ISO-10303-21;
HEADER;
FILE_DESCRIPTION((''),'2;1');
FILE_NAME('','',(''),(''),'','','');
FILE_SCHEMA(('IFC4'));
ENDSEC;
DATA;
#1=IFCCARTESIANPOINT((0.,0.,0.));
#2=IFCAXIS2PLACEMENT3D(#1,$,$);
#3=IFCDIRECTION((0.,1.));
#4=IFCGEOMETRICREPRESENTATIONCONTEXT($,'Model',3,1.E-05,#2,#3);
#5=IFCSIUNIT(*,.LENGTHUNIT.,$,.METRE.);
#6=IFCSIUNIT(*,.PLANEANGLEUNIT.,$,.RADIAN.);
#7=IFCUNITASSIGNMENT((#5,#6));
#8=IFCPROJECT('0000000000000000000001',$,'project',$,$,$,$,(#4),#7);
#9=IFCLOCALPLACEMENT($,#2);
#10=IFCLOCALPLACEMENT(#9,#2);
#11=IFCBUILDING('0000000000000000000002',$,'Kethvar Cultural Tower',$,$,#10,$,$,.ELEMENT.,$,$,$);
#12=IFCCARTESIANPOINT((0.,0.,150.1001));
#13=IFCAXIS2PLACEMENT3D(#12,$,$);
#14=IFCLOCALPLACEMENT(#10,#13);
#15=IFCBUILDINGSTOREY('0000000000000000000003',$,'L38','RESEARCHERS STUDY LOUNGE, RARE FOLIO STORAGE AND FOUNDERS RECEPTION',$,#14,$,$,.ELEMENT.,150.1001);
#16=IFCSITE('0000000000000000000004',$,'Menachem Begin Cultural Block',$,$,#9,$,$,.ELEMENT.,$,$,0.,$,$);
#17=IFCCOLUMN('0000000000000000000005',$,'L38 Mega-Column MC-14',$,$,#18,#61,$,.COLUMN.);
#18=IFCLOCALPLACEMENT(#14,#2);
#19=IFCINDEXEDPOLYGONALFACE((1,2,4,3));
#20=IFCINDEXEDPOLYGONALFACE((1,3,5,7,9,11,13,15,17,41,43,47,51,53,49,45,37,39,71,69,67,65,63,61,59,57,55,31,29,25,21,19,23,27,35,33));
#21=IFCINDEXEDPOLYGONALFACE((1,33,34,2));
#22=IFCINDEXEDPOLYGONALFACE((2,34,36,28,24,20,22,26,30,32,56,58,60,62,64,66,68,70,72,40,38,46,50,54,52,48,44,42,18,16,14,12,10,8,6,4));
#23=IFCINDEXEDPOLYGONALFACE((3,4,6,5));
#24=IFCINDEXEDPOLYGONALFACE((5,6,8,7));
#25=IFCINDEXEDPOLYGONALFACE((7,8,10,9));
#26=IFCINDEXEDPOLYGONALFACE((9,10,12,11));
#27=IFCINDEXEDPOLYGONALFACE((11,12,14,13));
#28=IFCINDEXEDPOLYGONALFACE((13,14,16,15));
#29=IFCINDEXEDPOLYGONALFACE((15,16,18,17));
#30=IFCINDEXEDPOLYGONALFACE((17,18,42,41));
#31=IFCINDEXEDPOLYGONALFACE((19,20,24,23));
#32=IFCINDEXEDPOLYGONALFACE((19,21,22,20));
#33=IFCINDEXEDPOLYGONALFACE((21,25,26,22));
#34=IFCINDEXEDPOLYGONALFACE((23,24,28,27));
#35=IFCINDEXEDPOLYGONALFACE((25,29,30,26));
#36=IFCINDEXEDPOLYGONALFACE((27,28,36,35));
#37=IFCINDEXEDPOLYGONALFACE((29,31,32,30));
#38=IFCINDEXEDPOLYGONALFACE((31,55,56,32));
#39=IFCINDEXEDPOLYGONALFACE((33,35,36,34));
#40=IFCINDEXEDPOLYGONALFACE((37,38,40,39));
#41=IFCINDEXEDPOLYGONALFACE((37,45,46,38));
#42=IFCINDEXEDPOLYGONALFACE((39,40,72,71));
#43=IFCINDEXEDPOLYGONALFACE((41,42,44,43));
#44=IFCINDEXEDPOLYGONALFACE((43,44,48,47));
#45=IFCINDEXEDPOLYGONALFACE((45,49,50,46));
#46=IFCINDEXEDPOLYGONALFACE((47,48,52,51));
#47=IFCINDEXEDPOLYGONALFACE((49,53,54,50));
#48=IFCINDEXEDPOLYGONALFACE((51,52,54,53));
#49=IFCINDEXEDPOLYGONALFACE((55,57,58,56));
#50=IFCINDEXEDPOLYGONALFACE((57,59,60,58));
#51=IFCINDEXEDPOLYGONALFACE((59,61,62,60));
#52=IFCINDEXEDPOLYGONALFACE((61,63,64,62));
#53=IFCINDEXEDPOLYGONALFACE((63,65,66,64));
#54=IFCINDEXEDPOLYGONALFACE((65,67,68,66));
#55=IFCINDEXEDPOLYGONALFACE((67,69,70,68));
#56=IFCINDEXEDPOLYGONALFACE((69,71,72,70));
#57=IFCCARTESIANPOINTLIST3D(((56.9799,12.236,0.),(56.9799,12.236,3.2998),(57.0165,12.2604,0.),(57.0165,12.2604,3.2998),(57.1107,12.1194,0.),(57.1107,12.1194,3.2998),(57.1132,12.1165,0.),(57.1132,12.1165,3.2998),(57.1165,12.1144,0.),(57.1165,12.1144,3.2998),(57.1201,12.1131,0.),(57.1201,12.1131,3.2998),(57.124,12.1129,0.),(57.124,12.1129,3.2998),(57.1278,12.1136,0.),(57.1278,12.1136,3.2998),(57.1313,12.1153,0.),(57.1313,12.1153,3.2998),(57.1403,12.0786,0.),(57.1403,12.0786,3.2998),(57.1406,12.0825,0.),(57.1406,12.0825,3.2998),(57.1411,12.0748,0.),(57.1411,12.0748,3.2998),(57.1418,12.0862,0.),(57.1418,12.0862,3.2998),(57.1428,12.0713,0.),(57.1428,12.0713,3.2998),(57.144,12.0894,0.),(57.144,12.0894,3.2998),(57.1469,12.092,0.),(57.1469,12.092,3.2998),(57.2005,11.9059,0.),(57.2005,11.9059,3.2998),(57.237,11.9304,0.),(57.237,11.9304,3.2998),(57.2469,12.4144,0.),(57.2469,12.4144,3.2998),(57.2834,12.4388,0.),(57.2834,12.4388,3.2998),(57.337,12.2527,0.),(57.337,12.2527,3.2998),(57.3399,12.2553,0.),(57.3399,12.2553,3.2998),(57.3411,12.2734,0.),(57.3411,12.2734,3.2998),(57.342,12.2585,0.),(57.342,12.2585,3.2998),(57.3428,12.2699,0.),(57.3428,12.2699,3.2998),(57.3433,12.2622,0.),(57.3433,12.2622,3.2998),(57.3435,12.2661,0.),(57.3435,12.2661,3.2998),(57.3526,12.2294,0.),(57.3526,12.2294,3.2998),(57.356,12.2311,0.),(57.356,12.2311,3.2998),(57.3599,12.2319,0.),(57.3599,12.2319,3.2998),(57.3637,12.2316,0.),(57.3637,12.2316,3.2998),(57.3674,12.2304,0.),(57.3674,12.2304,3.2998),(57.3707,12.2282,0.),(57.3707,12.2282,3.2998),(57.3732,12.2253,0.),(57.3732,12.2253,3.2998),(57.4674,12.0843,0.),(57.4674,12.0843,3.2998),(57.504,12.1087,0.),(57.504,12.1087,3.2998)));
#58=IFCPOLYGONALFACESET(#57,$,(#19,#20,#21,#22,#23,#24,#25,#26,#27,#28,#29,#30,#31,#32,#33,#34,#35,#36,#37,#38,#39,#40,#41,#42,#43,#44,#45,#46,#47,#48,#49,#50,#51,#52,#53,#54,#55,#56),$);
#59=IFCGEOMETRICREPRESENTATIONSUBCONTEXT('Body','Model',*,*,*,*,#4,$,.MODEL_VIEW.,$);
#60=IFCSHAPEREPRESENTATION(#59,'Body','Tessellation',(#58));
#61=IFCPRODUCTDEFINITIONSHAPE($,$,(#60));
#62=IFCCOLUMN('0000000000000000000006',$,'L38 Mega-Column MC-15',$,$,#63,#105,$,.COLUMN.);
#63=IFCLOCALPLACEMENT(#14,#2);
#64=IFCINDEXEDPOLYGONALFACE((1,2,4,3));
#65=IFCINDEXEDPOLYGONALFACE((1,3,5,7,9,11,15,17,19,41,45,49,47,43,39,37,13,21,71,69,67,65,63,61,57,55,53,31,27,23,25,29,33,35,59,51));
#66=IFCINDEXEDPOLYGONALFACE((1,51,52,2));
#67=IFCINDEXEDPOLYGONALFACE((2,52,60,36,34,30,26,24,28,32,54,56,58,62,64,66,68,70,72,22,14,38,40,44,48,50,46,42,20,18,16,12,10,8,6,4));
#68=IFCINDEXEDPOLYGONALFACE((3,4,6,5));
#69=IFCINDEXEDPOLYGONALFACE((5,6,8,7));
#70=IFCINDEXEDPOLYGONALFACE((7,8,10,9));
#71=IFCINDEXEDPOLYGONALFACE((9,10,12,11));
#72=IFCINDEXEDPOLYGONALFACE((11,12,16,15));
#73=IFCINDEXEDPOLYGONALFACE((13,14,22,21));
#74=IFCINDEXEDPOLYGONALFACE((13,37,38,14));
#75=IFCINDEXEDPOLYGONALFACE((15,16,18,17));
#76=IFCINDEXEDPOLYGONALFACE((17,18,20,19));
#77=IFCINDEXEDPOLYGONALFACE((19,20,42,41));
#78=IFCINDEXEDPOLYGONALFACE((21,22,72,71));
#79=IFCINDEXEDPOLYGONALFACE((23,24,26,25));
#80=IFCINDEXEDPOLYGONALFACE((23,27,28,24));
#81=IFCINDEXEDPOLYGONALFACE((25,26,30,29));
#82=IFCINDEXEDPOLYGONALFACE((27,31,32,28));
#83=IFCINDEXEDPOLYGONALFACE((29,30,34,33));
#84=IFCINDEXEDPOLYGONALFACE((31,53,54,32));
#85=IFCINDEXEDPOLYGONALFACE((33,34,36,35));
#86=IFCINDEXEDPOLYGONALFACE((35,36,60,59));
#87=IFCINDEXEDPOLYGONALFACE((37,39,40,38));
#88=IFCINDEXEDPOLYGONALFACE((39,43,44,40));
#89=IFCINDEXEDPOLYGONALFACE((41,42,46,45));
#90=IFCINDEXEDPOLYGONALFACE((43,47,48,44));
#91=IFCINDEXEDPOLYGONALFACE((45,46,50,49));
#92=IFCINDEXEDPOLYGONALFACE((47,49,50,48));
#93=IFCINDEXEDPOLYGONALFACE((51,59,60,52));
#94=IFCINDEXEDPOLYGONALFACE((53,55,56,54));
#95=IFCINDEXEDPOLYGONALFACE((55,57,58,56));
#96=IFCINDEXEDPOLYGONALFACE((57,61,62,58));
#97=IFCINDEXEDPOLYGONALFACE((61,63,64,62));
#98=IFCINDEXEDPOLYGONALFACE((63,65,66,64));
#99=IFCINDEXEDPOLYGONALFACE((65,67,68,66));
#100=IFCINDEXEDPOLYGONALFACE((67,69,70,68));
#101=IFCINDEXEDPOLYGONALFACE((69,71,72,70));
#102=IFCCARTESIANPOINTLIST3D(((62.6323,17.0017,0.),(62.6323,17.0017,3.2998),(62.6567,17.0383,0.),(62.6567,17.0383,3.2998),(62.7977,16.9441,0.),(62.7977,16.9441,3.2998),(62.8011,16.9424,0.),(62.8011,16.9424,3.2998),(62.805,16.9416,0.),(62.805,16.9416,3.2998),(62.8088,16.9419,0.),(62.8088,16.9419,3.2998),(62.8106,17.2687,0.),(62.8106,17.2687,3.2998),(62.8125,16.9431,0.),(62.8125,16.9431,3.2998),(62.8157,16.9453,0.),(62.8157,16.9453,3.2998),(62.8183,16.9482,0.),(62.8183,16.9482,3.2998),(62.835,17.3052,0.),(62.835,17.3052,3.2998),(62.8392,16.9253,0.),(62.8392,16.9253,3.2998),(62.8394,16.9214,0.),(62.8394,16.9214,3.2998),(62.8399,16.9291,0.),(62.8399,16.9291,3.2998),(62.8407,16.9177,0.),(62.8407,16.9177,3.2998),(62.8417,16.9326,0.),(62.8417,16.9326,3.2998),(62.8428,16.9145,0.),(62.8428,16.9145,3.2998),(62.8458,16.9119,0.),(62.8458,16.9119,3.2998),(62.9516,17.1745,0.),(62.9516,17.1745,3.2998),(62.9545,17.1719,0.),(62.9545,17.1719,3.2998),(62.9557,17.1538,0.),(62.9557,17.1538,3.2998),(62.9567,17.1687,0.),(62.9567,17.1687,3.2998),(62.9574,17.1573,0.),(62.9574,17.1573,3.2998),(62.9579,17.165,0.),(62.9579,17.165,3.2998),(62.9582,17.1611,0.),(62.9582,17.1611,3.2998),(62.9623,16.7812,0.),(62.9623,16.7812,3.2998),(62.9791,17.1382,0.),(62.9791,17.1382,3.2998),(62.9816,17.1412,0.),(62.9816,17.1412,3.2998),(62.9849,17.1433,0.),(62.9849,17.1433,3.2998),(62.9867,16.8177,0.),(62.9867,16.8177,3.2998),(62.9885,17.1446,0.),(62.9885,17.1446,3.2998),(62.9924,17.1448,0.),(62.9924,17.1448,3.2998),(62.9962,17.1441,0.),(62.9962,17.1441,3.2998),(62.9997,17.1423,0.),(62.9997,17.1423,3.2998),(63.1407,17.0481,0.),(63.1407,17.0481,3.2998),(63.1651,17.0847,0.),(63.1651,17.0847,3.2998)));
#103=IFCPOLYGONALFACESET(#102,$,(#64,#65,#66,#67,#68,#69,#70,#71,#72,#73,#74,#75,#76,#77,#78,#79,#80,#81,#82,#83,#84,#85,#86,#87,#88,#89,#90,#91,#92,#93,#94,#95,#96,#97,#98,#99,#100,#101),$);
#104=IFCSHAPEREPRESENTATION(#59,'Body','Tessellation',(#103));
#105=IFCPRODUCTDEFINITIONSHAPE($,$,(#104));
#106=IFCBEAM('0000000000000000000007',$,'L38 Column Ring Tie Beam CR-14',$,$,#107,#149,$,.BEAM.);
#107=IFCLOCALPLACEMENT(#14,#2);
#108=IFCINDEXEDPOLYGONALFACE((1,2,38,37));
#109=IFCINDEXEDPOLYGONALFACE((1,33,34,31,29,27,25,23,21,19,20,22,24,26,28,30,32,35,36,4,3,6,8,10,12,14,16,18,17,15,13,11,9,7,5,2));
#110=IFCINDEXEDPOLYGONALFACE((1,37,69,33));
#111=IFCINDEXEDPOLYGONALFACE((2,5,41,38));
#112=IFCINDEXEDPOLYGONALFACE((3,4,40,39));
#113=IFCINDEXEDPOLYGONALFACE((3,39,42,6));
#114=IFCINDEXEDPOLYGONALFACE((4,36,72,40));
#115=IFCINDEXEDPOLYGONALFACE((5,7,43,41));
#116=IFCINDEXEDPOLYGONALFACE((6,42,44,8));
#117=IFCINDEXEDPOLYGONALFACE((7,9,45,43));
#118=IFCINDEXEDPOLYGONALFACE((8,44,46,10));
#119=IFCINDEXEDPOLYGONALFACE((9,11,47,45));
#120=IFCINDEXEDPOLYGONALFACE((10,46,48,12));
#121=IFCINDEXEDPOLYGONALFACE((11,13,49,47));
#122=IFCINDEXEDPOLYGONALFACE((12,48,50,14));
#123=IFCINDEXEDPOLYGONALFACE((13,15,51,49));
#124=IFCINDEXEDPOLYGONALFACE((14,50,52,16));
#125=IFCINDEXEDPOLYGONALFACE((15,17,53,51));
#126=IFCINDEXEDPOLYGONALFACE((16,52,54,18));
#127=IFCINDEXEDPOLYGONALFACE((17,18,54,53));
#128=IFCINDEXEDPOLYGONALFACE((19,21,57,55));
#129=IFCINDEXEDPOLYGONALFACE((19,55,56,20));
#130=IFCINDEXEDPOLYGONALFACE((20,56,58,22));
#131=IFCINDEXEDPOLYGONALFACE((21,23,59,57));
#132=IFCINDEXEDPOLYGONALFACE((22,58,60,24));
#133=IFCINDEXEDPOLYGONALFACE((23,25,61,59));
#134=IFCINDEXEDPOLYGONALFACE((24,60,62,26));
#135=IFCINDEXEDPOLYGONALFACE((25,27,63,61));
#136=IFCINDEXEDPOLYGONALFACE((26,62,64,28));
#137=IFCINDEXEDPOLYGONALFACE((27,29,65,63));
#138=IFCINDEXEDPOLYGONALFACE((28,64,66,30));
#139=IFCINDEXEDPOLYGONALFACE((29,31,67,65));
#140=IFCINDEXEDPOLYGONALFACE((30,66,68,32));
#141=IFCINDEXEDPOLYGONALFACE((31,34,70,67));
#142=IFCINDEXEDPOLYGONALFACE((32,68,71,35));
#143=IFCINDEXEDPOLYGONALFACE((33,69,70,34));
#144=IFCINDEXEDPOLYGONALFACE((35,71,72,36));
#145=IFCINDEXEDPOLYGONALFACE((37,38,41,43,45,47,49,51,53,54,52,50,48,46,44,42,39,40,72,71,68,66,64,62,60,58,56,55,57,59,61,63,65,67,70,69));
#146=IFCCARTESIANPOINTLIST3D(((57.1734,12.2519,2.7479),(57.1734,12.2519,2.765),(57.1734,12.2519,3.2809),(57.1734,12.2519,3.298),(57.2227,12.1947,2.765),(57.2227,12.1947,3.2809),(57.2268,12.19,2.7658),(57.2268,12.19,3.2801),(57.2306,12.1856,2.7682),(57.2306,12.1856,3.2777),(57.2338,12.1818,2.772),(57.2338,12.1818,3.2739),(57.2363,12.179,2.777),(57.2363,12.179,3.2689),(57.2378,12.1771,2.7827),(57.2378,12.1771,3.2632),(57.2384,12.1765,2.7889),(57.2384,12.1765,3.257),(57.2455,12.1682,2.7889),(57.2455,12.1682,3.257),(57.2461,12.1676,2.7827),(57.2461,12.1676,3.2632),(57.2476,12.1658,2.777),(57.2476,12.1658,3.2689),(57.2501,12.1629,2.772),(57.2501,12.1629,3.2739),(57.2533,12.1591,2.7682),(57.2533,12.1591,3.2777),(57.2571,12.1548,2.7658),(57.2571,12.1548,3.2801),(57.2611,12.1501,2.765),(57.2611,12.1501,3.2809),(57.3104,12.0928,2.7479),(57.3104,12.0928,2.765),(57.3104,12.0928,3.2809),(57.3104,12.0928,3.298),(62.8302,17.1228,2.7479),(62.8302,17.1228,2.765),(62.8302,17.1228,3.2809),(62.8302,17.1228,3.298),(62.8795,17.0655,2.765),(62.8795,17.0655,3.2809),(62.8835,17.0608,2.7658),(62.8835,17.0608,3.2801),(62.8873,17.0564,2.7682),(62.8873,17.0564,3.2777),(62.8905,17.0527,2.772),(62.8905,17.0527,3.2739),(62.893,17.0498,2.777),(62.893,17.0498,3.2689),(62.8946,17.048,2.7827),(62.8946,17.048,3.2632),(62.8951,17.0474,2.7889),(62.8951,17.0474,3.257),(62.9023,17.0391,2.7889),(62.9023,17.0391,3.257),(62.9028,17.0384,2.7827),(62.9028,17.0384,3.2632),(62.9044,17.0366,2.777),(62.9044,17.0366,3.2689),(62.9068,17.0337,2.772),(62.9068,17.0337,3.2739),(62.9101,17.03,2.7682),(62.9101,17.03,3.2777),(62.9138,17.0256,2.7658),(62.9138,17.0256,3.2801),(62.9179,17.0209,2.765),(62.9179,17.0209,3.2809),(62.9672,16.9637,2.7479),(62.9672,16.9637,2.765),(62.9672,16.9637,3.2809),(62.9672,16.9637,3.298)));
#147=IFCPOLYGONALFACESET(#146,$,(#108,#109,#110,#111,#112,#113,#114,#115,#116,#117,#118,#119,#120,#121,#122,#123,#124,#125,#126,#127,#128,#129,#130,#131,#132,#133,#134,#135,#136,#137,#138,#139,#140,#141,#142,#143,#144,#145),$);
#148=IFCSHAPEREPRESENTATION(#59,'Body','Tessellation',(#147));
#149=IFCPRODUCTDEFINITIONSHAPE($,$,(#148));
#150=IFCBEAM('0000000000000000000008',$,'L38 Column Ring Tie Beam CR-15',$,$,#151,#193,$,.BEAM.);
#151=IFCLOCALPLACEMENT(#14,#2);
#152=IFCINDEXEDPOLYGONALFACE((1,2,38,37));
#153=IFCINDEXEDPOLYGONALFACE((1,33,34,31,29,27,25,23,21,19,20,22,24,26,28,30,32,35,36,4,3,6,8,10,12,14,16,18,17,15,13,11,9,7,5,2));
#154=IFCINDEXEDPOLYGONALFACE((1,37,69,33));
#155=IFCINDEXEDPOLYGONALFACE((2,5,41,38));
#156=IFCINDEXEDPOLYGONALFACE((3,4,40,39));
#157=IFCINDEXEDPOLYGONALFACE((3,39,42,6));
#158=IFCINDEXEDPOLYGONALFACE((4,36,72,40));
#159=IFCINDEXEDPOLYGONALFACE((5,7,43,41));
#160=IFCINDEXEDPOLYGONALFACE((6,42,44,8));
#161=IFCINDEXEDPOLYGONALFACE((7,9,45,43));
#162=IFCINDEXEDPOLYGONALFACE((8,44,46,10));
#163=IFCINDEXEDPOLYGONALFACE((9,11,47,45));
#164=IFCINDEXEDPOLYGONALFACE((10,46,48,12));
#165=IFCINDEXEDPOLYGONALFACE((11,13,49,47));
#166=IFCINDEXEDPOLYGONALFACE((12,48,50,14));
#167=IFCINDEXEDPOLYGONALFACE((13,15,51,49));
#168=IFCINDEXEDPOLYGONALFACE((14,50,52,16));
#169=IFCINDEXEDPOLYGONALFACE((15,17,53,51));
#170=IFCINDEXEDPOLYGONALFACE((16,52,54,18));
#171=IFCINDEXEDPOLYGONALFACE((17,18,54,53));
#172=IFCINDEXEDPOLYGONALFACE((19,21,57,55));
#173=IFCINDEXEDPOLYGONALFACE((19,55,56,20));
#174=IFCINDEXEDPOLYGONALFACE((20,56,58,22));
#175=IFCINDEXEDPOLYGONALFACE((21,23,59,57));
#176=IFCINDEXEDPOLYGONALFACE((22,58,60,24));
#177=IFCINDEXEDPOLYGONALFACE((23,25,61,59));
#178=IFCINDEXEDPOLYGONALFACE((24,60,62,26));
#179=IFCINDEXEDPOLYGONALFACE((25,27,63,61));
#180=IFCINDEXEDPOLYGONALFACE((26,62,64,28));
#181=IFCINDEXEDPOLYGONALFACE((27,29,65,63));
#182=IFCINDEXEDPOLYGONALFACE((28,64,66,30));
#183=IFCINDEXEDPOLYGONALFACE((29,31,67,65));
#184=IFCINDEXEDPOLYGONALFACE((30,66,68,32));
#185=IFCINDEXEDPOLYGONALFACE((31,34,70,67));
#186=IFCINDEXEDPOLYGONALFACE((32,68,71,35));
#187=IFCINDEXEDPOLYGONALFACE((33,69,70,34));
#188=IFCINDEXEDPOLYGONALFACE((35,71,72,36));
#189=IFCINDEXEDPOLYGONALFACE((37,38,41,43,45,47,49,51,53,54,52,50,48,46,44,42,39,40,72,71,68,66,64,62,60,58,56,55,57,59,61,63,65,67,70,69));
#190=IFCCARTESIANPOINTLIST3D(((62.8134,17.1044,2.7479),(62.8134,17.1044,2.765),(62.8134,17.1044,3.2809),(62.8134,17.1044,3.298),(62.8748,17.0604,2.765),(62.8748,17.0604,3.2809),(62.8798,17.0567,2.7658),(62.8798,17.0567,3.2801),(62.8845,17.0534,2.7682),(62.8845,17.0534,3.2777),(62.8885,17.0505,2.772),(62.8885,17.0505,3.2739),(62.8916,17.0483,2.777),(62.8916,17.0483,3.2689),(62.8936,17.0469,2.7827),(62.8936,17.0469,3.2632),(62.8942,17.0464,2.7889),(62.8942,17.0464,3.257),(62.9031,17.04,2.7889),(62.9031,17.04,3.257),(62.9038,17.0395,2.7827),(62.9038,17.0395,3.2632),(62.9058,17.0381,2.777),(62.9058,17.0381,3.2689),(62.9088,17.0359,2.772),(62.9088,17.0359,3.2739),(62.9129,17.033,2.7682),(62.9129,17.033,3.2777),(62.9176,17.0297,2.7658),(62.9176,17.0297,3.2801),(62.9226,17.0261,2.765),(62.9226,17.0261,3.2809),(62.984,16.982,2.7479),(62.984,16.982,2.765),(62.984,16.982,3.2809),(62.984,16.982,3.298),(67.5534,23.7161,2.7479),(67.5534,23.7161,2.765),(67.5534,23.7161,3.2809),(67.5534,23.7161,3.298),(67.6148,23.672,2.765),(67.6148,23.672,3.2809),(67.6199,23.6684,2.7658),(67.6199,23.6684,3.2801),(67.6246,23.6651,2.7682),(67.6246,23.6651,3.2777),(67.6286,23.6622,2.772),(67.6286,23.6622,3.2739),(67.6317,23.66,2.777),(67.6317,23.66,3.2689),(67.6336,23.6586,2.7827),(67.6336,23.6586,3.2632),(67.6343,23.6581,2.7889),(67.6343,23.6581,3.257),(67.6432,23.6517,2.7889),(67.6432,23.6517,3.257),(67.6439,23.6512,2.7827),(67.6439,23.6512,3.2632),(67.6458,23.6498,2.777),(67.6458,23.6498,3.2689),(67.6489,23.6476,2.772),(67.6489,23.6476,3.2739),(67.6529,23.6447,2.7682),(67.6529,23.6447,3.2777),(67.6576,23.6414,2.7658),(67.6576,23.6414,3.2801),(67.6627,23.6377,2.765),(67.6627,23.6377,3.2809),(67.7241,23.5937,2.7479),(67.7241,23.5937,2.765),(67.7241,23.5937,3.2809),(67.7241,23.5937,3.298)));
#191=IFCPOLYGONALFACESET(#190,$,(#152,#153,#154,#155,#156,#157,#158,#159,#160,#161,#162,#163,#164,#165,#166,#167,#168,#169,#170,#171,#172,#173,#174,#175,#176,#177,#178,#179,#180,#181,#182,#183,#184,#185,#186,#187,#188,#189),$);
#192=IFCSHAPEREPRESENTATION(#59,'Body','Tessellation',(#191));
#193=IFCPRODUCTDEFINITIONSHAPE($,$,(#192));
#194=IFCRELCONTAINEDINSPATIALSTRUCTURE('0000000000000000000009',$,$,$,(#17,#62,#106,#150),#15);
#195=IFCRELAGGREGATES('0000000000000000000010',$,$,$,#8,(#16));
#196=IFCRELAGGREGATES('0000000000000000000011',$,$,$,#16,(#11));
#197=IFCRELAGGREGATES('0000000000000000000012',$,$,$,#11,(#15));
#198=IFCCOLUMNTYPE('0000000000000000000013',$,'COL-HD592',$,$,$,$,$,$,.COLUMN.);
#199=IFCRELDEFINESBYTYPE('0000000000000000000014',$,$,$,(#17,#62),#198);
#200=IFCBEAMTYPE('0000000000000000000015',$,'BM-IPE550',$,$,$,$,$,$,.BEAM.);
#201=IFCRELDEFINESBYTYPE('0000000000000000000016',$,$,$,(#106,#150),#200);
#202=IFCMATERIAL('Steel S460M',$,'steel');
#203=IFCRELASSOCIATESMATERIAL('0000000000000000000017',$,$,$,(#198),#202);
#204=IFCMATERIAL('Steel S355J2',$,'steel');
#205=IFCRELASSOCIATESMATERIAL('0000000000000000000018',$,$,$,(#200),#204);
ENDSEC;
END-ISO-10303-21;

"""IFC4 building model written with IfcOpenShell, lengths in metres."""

from ifc_helpers import new_model, si_unit, direction, frame, origin, origin_2d, place, context, subcontext, project, spatial, i_section, extrude, source, transform, mapped, material, material_profile, profile_set, type_object, element, save


model = new_model("IFC4")

# Units and contexts
model_context = context("Model", 3, precision=1e-05, world=origin(), true_north=direction((0.0, 1.0)))
body_context = subcontext(model_context, "Body", "Model", "MODEL_VIEW")
ifc_project = project(units=[si_unit("LENGTHUNIT", "METRE"), si_unit("PLANEANGLEUNIT", "RADIAN")], contexts=[model_context])

# Site, building, storey
site_placement = place(None, origin())
site = spatial("IfcSite", under=ifc_project, at=site_placement, Name="Menachem Begin Cultural Block", CompositionType="ELEMENT", RefElevation=0.0)
building_placement = place(site_placement, origin())
building = spatial("IfcBuilding", under=site, at=building_placement, Name="Kethvar Cultural Tower", CompositionType="ELEMENT")
storey_placement = place(building_placement, frame((0.0, 0.0, 150.1001)))
storey = spatial("IfcBuildingStorey", under=building, at=storey_placement, Name="L38", Description="RESEARCHERS STUDY LOUNGE, RARE FOLIO STORAGE AND FOUNDERS RECEPTION", CompositionType="ELEMENT", Elevation=150.1001)

# Columns
ifc_material_1 = material(Name="Steel S460M", Category="steel")
ifc_material_profile_1 = material_profile(ifc_material_1, i_section(OverallWidth=0.397, OverallDepth=0.365, WebThickness=0.0281, FlangeThickness=0.0439, FilletRadius=0.0149, at=origin_2d()), Name="Steel S460M — HD400x592")
ifc_profile_set_1 = profile_set([ifc_material_profile_1], Name="Steel S460M — HD400x592")
column_type = type_object("IfcColumnType", Name="COL-HD592", PredefinedType="COLUMN", material=ifc_profile_set_1)
shared_shape_1 = source(origin(), body_context, "Body", "SweptSolid", [
    extrude(i_section(OverallWidth=0.397, OverallDepth=0.365, WebThickness=0.0281, FlangeThickness=0.0439, FilletRadius=0.0149, at=origin_2d()), origin(), (0.0, 0.0, 1.0), 3.2998),
])
for number, where, z_axis, x_axis, name in (
    (1, (57.2419, 12.1724, 0.0), (0.0, 0.0, 1.0), (0.55557, -0.83147, 0.0), "L38 Mega-Column MC-14"),
    (2, (62.8987, 17.0432, 0.0), (0.0, 0.0, 1.0), (0.83147, -0.55557, 0.0), "L38 Mega-Column MC-15"),
):
    element("IfcColumn", number, at=place(storey_placement, frame(where, z_axis=z_axis, x_axis=x_axis)), inside=storey, type_object=column_type, Name=name, PredefinedType="COLUMN", context=body_context, shape_type="MappedRepresentation", body=[
        mapped(shared_shape_1, transform((0.0, 0.0, 0.0), scale=1.0)),
    ])

# Beams
ifc_material_2 = material(Name="Steel S355J2", Category="steel")
ifc_material_profile_2 = material_profile(ifc_material_2, i_section(OverallWidth=0.21, OverallDepth=0.55, WebThickness=0.011, FlangeThickness=0.0171, FilletRadius=0.0239, at=origin_2d()), Name="Steel S355J2 — IPE550")
ifc_profile_set_2 = profile_set([ifc_material_profile_2], Name="Steel S355J2 — IPE550")
beam_type_1 = type_object("IfcBeamType", Name="BM-IPE550", PredefinedType="BEAM", material=ifc_profile_set_2)
shared_shape_2 = source(origin(), body_context, "Body", "SweptSolid", [
    extrude(i_section(OverallWidth=0.21, OverallDepth=0.55, WebThickness=0.011, FlangeThickness=0.0171, FilletRadius=0.0239, at=origin_2d()), origin(), (0.0, 0.0, 1.0), 7.4648),
])
beam_1_placement = place(storey_placement, frame((57.2419, 12.1724, 3.0229), z_axis=(0.757784, 0.652505, 0.0), x_axis=(-0.652505, 0.757784, 0.0)))
element("IfcBeam", 3, at=beam_1_placement, inside=storey, type_object=beam_type_1, Name="L38 Column Ring Tie Beam CR-14", PredefinedType="BEAM", context=body_context, shape_type="MappedRepresentation", body=[
    mapped(shared_shape_2, transform((0.0, 0.0, 0.0), scale=1.0)),
])
shared_shape_3 = source(origin(), body_context, "Body", "SweptSolid", [
    extrude(i_section(OverallWidth=0.21, OverallDepth=0.55, WebThickness=0.011, FlangeThickness=0.0171, FilletRadius=0.0239, at=origin_2d()), origin(), (0.0, 0.0, 1.0), 8.1353),
])
beam_2_placement = place(storey_placement, frame((62.8987, 17.0432, 3.0229), z_axis=(0.582657, 0.812718, 0.0), x_axis=(-0.812718, 0.582657, 0.0)))
element("IfcBeam", 4, at=beam_2_placement, inside=storey, type_object=beam_type_1, Name="L38 Column Ring Tie Beam CR-15", PredefinedType="BEAM", context=body_context, shape_type="MappedRepresentation", body=[
    mapped(shared_shape_3, transform((0.0, 0.0, 0.0), scale=1.0)),
])

save(model, "model.ifc")
